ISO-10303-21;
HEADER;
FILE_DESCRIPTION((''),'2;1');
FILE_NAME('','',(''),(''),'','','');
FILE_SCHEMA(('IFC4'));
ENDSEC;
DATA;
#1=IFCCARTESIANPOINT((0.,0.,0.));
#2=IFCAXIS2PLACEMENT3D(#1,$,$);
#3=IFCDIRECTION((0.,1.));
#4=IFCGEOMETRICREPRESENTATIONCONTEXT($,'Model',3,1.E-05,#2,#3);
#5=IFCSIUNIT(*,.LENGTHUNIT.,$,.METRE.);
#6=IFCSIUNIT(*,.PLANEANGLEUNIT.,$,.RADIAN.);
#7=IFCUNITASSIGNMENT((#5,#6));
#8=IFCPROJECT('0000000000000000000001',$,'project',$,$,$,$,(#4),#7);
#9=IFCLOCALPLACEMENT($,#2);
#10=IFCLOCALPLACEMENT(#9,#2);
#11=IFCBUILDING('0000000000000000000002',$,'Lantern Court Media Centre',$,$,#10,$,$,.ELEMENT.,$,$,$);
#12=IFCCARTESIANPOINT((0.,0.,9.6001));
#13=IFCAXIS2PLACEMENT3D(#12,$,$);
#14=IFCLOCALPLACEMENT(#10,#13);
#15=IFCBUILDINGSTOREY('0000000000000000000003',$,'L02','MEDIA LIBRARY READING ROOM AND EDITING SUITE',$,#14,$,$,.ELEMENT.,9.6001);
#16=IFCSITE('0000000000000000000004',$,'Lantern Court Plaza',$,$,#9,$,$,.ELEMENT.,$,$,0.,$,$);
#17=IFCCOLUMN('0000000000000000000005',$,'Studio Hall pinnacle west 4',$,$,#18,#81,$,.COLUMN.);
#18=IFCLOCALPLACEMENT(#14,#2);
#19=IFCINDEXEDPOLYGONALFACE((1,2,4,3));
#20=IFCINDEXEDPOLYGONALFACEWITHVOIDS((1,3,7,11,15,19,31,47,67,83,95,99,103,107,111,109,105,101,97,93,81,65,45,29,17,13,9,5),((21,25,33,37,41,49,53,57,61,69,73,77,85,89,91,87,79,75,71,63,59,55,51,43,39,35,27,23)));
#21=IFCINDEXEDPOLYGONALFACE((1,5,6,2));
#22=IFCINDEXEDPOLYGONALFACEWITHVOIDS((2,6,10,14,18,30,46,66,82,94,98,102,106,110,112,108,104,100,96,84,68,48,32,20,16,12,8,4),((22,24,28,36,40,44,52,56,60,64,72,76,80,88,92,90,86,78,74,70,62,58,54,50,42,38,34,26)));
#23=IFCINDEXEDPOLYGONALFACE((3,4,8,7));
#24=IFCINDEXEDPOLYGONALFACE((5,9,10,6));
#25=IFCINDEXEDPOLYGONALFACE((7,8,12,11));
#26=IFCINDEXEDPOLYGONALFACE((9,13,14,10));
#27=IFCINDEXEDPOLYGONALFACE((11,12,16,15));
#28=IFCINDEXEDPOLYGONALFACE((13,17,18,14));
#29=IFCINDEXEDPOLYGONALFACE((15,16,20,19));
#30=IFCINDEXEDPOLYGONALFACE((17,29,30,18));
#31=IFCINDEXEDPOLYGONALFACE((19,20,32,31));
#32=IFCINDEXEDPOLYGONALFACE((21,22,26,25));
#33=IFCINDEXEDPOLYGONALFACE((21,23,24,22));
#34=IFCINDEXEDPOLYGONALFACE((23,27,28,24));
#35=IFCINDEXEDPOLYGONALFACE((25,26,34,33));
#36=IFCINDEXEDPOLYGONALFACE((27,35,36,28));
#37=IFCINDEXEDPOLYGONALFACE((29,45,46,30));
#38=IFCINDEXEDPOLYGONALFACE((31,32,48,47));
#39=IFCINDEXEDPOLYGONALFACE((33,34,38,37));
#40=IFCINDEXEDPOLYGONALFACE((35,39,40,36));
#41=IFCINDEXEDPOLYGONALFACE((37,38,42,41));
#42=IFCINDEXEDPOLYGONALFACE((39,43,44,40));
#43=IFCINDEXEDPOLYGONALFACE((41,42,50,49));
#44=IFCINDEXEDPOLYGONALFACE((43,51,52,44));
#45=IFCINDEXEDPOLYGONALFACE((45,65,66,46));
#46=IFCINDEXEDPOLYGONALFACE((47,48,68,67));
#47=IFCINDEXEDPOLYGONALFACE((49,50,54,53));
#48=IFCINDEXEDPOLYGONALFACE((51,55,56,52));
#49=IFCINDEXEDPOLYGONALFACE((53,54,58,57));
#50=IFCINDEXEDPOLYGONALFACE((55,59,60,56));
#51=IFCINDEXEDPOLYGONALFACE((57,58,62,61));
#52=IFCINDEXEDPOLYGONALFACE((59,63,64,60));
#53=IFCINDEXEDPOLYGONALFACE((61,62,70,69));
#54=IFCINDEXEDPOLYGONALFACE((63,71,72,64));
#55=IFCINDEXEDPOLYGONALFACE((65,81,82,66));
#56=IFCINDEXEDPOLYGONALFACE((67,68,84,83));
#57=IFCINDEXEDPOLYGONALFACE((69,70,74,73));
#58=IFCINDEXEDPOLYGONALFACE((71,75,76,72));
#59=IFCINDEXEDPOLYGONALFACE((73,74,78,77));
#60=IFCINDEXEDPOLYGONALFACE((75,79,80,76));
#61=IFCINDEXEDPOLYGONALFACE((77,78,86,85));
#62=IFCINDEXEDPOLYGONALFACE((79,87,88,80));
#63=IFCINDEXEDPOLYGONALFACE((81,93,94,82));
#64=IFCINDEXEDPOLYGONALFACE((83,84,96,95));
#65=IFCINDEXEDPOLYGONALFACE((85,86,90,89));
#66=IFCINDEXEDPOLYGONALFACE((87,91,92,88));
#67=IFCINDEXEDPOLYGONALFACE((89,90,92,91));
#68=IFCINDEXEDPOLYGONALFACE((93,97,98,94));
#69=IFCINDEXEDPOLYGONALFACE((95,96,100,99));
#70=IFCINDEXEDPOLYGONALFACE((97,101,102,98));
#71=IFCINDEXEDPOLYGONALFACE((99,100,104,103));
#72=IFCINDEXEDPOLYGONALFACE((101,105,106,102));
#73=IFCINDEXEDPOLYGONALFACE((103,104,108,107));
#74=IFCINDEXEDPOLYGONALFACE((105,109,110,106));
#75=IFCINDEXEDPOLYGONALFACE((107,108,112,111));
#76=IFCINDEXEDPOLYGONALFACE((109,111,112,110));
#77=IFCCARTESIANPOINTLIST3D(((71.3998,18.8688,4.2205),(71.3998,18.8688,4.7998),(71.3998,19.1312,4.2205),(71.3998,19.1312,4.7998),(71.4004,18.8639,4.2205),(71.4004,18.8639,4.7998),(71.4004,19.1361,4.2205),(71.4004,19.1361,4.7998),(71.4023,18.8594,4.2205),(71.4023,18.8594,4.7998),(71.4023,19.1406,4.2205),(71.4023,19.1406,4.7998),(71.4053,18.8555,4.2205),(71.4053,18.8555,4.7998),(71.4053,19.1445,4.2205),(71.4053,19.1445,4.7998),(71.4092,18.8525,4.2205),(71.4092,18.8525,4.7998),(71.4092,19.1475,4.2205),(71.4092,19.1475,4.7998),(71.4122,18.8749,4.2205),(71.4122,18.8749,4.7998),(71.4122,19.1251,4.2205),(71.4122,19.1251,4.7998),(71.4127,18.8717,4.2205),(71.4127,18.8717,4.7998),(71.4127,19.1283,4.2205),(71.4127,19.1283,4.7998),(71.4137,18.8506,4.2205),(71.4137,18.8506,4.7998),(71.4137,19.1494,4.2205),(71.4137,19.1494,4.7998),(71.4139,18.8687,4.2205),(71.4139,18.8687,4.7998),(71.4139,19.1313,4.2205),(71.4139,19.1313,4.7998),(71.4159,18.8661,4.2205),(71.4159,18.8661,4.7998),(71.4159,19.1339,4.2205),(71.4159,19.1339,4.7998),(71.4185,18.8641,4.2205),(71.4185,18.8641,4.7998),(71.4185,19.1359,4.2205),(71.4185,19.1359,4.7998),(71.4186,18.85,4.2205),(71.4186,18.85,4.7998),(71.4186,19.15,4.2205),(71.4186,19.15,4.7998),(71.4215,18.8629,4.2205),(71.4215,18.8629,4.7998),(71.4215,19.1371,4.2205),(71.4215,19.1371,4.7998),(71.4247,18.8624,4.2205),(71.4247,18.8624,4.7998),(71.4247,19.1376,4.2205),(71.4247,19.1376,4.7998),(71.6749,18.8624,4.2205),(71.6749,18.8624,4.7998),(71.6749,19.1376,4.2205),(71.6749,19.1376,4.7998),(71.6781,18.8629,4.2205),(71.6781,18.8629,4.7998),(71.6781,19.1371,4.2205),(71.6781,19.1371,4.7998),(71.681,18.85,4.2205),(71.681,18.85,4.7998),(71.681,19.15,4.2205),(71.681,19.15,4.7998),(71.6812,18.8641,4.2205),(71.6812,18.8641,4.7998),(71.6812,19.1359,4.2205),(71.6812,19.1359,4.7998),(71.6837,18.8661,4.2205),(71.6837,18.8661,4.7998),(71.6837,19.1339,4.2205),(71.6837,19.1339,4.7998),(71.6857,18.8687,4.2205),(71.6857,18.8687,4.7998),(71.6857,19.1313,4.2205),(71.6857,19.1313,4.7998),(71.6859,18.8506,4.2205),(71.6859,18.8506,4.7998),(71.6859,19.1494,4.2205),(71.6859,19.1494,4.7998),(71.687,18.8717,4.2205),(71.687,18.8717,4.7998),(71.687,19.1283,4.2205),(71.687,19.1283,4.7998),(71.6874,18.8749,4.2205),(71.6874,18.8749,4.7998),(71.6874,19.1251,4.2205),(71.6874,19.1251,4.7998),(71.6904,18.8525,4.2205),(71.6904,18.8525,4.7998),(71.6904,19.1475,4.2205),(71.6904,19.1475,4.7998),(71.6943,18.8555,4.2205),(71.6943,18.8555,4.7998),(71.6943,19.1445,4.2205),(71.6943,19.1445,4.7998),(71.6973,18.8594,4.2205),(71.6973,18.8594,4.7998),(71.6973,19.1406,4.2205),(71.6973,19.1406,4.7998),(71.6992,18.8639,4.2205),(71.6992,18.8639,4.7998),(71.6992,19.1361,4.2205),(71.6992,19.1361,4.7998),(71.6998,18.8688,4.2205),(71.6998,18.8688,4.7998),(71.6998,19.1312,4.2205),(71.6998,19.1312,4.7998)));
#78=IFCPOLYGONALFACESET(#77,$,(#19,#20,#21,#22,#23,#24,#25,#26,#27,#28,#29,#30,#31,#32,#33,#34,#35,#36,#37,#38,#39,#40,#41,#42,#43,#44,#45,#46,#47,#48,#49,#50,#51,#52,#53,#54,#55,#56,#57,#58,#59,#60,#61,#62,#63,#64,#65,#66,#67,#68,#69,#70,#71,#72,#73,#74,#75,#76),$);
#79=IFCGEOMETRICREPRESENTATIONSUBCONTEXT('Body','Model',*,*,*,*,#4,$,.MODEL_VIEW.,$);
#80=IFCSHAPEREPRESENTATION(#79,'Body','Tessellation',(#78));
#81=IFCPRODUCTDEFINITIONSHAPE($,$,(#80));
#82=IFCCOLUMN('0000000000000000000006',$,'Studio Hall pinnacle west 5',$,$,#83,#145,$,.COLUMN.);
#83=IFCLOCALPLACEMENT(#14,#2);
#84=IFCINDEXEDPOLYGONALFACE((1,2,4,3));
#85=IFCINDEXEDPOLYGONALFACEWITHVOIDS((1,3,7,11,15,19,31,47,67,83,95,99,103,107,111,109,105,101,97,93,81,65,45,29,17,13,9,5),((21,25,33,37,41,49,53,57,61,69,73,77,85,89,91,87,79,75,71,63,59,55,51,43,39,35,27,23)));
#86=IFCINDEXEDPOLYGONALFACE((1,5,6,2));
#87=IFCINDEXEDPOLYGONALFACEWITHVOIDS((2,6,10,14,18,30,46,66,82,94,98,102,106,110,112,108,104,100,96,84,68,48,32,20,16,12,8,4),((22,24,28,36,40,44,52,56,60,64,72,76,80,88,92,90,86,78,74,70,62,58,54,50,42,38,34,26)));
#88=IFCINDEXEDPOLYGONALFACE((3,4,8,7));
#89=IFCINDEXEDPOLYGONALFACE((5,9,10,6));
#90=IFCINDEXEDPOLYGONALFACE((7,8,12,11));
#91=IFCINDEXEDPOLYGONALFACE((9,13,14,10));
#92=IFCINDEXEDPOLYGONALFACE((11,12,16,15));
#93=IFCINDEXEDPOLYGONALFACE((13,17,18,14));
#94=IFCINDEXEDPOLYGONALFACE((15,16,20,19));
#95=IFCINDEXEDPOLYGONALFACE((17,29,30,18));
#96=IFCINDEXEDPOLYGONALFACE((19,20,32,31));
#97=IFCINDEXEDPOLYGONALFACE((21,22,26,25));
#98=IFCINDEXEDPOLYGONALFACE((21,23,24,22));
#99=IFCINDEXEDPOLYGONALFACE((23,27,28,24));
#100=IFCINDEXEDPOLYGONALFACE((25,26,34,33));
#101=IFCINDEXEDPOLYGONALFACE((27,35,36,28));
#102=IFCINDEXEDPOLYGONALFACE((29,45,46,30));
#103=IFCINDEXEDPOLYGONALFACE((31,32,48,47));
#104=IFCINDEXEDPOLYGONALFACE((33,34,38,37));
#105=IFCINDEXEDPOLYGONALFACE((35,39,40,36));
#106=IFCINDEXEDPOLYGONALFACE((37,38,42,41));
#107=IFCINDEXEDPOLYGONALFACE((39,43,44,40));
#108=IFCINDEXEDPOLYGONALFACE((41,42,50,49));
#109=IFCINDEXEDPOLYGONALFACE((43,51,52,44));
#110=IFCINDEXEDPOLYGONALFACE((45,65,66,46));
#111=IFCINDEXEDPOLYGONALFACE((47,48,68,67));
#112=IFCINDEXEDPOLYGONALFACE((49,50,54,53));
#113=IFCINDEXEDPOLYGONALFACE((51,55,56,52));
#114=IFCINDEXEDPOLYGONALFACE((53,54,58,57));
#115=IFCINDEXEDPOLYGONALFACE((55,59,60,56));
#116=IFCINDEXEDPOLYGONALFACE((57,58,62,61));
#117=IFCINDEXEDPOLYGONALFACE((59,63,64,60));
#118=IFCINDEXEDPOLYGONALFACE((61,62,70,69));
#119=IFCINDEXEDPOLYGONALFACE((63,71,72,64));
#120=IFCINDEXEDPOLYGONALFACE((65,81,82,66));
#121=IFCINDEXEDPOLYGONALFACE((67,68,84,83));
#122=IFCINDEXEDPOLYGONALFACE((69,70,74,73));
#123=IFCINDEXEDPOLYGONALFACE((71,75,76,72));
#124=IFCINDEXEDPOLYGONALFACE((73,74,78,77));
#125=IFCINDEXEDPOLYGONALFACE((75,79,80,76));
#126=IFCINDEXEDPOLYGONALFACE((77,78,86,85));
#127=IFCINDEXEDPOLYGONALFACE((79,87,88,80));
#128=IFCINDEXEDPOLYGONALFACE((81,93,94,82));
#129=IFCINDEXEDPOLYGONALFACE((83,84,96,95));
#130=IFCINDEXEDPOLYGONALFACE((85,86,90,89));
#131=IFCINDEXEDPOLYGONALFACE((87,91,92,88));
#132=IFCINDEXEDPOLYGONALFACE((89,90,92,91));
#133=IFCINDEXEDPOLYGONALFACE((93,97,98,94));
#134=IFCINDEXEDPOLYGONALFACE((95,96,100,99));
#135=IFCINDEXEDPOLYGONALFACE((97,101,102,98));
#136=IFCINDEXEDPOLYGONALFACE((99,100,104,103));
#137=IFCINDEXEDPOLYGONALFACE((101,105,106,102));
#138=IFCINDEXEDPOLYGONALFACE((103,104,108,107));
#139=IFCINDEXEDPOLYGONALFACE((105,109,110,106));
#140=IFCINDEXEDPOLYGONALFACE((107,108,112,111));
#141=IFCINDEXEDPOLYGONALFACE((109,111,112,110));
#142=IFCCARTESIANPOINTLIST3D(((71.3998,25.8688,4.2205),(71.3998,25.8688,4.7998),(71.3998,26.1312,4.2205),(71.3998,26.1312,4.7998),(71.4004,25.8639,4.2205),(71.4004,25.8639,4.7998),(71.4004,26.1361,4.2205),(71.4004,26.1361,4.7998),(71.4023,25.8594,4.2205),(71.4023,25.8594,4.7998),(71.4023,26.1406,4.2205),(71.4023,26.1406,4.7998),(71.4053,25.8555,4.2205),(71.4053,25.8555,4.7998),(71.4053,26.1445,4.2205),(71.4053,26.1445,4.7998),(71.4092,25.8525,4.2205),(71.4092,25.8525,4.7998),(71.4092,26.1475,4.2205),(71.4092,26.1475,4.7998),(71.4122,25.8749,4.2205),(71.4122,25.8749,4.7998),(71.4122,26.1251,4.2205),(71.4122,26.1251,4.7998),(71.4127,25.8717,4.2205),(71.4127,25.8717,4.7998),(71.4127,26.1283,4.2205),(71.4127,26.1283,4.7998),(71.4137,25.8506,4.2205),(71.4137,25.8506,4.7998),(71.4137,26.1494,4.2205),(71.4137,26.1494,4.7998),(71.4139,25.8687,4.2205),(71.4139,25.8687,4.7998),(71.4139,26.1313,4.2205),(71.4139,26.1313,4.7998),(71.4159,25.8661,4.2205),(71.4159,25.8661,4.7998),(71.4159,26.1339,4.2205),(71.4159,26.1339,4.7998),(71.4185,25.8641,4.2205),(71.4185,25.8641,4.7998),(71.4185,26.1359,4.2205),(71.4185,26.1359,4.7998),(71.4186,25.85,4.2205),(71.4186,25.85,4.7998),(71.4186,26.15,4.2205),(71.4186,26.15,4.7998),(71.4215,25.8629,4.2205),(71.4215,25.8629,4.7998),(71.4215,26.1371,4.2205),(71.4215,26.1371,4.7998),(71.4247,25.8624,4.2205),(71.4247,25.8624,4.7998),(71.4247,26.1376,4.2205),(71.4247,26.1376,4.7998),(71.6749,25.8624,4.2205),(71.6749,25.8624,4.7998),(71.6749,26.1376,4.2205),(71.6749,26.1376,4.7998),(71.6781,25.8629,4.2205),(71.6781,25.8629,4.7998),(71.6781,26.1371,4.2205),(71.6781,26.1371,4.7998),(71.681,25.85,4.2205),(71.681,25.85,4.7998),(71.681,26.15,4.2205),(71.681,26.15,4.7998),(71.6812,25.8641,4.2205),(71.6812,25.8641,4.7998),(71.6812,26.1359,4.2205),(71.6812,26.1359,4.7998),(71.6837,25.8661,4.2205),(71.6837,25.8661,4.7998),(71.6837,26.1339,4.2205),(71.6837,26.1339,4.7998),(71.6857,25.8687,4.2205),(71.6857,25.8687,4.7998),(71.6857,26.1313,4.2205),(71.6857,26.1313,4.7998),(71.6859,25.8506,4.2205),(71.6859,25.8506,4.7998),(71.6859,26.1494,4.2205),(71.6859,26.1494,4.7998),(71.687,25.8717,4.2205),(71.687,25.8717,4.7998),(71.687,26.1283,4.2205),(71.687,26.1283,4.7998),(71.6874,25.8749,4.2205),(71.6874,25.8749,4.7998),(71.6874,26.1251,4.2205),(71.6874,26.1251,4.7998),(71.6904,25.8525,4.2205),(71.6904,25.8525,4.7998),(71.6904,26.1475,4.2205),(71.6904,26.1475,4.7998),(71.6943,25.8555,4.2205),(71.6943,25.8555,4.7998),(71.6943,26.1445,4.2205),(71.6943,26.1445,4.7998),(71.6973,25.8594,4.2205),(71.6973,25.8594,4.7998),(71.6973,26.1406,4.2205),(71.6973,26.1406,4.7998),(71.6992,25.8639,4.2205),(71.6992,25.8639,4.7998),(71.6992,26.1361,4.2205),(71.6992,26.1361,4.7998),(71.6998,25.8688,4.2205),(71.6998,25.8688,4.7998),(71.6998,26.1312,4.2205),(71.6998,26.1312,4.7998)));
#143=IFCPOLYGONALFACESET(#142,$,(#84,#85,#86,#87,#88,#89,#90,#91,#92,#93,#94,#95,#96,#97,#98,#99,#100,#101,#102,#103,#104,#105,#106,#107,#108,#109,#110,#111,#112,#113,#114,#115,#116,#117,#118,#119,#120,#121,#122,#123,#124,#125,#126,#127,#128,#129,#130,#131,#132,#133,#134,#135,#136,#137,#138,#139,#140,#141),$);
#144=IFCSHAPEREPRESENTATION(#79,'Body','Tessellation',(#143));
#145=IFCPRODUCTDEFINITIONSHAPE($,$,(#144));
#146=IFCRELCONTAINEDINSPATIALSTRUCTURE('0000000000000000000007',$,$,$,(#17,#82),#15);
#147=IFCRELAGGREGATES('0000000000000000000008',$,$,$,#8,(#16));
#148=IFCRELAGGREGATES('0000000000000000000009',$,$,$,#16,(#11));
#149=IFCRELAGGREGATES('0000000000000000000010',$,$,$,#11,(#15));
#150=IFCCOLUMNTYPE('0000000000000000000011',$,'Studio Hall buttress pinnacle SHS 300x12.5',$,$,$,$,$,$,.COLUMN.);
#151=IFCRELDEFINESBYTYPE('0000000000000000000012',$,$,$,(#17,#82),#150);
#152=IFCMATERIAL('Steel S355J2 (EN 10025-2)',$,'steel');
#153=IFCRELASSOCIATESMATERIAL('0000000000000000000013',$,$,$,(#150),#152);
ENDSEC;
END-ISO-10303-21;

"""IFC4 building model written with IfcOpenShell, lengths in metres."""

from ifc_helpers import new_model, si_unit, direction, frame, origin, origin_2d, place, context, subcontext, project, spatial, hollow_rectangle, extrude, material, material_profile, profile_set, type_object, element, save


model = new_model("IFC4")

# Units and contexts
model_context = context("Model", 3, precision=1e-05, world=origin(), true_north=direction((0.0, 1.0)))
body_context = subcontext(model_context, "Body", "Model", "MODEL_VIEW")
ifc_project = project(units=[si_unit("LENGTHUNIT", "METRE"), si_unit("PLANEANGLEUNIT", "RADIAN")], contexts=[model_context])

# Site, building, storey
site_placement = place(None, origin())
site = spatial("IfcSite", under=ifc_project, at=site_placement, Name="Lantern Court Plaza", CompositionType="ELEMENT", RefElevation=0.0)
building_placement = place(site_placement, origin())
building = spatial("IfcBuilding", under=site, at=building_placement, Name="Lantern Court Media Centre", CompositionType="ELEMENT")
storey_placement = place(building_placement, frame((0.0, 0.0, 9.6001)))
storey = spatial("IfcBuildingStorey", under=building, at=storey_placement, Name="L02", Description="MEDIA LIBRARY READING ROOM AND EDITING SUITE", CompositionType="ELEMENT", Elevation=9.6001)

# Columns
ifc_material_1 = material(Name="Steel S355J2 (EN 10025-2)", Category="steel")
ifc_material_profile_1 = material_profile(ifc_material_1, hollow_rectangle(XDim=0.3, YDim=0.3, WallThickness=0.0125, InnerFilletRadius=0.0125, OuterFilletRadius=0.0188, at=origin_2d()), Name="Studio Hall buttress pinnacle SHS 300x12.5")
ifc_profile_set_1 = profile_set([ifc_material_profile_1], Name="Steel S355J2 (EN 10025-2)")
column_type_1 = type_object("IfcColumnType", Name="Studio Hall buttress pinnacle SHS 300x12.5", PredefinedType="COLUMN", material=ifc_profile_set_1)
for number, where, z_axis, x_axis, name in (
    (1, (71.5498, 19.0, 4.2205), (0.0, 0.0, 1.0), (1.0, 0.0, 0.0), "Studio Hall pinnacle west 4"),
    (2, (71.5498, 26.0, 4.2205), (0.0, 0.0, 1.0), (1.0, 0.0, 0.0), "Studio Hall pinnacle west 5"),
):
    element("IfcColumn", number, at=place(storey_placement, frame(where, z_axis=z_axis, x_axis=x_axis)), inside=storey, type_object=column_type_1, Name=name, PredefinedType="COLUMN", context=body_context, shape_type="SweptSolid", body=[
        extrude(hollow_rectangle(XDim=0.3, YDim=0.3, WallThickness=0.0125, InnerFilletRadius=0.0125, OuterFilletRadius=0.0188, at=origin_2d()), origin(), (0.0, 0.0, 1.0), 0.5793),
    ])

save(model, "model.ifc")
